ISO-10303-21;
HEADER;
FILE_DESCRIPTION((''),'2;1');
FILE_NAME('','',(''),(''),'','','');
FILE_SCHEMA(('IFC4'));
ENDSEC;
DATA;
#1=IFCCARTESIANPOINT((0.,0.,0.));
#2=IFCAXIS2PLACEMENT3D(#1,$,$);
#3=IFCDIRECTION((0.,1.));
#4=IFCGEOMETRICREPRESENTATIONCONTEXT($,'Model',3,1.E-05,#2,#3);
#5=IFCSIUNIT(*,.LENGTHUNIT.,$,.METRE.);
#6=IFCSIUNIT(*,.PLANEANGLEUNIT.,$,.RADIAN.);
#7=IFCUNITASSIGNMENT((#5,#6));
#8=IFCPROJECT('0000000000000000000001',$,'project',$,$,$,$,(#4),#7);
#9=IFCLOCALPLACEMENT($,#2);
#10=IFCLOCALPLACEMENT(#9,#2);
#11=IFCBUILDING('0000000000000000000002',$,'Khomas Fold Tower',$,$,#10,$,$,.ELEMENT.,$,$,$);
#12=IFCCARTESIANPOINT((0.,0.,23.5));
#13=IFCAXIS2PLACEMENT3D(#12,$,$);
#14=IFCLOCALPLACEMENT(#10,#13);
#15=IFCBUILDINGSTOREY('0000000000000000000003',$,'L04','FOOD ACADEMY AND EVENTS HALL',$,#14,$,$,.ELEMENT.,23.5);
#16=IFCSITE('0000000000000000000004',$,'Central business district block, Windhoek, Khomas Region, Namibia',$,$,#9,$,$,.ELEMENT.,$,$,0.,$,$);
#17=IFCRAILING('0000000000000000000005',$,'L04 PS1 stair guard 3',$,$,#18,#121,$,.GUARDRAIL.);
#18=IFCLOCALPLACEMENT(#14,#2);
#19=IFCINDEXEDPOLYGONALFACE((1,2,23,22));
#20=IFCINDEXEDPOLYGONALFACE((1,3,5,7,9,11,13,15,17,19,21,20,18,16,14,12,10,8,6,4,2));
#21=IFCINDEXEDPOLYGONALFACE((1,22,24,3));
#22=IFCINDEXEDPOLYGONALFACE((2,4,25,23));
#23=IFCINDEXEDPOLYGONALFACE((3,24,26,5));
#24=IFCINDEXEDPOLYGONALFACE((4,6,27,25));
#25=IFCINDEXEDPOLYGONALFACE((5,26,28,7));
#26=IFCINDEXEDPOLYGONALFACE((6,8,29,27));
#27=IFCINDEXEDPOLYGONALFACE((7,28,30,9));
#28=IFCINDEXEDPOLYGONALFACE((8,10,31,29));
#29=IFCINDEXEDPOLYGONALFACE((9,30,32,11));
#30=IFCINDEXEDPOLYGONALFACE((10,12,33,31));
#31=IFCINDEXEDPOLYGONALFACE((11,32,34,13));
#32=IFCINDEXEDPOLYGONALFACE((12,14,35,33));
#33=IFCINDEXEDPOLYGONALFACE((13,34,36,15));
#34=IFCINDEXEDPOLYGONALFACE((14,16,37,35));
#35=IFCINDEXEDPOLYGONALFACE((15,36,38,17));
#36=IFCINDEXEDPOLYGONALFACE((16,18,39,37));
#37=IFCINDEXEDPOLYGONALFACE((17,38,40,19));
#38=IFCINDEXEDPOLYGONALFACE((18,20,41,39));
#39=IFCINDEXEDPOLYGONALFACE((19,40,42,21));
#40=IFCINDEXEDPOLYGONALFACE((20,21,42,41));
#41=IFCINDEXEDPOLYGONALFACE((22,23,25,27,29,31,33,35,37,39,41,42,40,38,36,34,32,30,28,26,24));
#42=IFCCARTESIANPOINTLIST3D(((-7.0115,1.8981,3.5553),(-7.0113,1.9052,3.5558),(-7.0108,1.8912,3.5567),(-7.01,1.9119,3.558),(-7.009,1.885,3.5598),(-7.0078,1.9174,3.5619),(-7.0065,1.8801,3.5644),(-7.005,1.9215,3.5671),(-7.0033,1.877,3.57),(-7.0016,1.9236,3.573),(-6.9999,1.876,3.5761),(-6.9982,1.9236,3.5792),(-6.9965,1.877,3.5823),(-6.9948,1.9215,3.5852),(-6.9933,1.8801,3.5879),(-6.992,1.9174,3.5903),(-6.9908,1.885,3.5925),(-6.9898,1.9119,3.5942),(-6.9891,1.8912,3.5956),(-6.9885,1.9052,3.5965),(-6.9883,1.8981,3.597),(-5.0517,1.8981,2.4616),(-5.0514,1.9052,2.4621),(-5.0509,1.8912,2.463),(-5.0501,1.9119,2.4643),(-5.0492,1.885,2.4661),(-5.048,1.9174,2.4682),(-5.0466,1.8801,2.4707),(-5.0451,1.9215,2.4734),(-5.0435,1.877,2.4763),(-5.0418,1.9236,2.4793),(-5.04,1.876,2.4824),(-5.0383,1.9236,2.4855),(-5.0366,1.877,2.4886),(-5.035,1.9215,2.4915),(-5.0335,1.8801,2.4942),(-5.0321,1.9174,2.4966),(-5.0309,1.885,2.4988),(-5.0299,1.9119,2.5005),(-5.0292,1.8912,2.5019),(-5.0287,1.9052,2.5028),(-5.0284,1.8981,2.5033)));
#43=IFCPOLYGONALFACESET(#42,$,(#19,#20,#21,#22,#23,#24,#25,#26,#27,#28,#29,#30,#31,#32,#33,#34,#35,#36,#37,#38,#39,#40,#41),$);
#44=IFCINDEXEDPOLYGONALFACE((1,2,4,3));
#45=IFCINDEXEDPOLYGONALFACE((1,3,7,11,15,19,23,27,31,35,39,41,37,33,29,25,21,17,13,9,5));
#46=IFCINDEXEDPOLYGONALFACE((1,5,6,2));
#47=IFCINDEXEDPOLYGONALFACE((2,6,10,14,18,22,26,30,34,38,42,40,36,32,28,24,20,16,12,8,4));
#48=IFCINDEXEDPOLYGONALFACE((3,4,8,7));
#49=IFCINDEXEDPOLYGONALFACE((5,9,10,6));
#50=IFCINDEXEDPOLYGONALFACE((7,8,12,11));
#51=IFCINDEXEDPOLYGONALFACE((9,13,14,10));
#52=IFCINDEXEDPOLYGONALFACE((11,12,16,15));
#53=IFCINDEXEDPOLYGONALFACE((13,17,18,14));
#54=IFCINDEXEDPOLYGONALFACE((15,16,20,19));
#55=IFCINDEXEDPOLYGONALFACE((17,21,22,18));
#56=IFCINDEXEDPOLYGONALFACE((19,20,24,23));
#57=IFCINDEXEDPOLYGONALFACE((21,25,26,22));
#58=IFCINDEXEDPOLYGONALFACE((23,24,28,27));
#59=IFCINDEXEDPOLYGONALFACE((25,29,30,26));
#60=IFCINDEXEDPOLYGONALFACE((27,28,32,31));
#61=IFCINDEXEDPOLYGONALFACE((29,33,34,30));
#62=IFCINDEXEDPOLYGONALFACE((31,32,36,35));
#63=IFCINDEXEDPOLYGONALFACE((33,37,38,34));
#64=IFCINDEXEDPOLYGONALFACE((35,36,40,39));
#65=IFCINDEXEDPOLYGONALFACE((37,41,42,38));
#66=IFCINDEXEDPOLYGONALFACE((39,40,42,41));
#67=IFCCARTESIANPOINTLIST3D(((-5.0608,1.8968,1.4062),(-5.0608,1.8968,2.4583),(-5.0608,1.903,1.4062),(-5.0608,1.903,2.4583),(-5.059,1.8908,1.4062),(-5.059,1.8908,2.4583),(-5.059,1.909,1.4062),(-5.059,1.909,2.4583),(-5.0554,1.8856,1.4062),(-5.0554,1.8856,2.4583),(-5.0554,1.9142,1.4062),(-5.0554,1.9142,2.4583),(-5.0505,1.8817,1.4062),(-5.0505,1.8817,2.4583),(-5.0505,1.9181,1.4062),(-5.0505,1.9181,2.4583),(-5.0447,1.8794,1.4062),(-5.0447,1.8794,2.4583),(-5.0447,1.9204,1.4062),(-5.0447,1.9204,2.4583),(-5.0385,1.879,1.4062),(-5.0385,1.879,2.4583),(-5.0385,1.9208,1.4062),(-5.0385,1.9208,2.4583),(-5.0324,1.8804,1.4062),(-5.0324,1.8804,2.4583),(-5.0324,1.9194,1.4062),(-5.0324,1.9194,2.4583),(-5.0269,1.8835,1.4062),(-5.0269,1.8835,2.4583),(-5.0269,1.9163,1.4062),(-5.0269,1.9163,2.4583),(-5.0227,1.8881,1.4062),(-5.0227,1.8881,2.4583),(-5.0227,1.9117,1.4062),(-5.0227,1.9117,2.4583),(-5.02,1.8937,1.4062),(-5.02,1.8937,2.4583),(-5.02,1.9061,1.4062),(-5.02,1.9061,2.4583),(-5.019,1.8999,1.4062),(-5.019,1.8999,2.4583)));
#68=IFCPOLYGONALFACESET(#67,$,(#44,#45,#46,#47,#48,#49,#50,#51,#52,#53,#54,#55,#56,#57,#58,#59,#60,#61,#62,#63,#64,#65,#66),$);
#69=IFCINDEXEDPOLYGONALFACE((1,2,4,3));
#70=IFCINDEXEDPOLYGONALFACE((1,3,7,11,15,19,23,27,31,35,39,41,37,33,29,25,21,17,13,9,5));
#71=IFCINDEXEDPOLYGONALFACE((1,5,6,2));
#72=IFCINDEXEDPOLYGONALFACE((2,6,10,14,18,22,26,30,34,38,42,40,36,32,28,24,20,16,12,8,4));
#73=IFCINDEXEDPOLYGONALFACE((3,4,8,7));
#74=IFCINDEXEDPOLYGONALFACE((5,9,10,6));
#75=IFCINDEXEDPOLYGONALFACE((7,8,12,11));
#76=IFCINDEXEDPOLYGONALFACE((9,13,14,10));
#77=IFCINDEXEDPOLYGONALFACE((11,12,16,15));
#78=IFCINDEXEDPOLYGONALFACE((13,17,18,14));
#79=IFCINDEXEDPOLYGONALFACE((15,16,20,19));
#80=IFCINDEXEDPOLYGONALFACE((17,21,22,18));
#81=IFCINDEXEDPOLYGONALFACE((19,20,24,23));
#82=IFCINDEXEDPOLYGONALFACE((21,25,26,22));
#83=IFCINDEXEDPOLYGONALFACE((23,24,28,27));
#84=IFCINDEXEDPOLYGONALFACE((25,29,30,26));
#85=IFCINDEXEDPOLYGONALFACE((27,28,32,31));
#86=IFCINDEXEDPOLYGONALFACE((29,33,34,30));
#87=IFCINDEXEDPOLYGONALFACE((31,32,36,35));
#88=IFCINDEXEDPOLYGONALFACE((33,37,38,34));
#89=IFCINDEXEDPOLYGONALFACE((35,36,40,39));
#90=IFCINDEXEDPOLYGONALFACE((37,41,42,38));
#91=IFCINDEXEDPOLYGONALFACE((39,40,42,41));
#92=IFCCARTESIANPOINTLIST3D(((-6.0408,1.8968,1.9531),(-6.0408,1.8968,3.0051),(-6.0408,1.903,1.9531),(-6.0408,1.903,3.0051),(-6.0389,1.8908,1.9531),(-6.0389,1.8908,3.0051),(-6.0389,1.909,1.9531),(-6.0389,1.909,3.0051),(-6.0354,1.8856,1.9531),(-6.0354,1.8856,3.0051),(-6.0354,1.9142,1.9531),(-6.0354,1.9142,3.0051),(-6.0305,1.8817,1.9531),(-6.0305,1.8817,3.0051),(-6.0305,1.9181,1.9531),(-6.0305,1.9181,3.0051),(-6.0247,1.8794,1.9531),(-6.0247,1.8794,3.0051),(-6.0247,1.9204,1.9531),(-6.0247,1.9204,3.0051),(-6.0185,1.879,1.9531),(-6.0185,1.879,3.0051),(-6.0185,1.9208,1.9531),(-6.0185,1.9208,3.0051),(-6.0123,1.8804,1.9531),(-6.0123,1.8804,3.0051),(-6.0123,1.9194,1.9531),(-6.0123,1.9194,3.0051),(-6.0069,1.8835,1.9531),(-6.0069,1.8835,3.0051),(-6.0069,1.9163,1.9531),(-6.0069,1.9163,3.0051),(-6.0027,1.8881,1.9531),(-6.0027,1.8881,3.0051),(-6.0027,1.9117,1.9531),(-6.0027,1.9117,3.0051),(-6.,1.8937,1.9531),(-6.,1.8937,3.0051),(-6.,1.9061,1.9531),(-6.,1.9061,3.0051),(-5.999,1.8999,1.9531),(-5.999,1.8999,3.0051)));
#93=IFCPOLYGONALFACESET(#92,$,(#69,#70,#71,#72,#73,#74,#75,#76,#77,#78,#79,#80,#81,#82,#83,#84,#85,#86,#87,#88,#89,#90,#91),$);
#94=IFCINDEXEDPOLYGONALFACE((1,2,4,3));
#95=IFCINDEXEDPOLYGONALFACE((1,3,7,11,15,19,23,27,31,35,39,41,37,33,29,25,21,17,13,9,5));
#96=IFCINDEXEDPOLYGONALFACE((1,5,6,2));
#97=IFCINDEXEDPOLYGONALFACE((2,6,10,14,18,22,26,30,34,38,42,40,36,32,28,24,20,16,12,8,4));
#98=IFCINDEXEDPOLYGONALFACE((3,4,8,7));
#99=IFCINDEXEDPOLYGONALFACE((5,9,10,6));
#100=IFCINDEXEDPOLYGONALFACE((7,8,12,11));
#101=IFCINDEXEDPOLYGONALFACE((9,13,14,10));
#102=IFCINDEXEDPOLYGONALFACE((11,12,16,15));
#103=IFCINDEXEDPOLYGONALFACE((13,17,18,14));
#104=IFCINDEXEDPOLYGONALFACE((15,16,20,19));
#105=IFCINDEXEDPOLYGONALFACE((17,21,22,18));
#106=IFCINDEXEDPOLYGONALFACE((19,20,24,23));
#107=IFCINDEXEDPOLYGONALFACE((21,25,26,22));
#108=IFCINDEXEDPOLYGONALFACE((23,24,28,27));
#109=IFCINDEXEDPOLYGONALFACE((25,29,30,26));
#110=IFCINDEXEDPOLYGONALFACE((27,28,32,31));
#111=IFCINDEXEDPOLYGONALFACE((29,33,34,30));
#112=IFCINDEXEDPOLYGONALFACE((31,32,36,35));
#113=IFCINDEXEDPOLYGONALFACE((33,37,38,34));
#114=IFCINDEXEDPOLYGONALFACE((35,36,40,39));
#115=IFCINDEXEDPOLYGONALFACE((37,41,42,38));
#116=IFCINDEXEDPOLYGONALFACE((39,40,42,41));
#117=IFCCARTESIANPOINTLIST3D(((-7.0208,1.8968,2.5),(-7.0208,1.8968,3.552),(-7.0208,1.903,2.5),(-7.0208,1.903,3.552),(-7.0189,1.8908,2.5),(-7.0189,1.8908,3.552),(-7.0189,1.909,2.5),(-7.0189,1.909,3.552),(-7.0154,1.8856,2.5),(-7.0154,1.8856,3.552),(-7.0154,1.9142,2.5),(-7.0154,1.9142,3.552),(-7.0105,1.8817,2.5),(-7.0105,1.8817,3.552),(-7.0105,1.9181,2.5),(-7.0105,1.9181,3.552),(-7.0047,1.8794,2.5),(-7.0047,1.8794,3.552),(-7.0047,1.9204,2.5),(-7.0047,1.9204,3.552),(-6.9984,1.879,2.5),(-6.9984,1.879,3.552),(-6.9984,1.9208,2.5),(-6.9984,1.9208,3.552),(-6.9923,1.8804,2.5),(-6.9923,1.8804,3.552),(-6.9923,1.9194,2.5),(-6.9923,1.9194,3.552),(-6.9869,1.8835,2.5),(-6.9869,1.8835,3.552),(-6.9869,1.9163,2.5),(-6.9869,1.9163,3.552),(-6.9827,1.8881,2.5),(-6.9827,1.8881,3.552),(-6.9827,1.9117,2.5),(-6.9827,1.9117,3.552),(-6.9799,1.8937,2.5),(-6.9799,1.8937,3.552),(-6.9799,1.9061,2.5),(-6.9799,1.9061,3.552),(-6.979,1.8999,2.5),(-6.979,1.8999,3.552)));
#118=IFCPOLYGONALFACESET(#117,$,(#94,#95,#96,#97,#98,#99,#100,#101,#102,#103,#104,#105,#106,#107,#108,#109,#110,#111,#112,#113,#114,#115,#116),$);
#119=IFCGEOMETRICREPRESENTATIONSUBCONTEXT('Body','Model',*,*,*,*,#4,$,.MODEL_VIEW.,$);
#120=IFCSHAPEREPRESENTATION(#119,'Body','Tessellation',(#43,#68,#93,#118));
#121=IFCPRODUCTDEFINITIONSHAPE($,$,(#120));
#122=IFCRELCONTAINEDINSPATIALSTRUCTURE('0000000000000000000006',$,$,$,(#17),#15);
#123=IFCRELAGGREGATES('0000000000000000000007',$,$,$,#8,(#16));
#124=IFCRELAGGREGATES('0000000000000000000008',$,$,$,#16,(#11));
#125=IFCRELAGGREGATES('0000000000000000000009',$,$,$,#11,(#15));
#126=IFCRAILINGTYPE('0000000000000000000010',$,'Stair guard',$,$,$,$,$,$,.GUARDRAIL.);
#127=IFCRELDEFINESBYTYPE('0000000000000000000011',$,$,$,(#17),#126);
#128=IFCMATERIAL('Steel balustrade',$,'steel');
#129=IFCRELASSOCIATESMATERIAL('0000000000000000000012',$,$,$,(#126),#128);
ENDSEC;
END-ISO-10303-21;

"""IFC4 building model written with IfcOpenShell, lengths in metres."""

from ifc_helpers import new_model, si_unit, direction, frame, origin, origin_2d, place, context, subcontext, project, spatial, circle, extrude, source, transform, mapped, material, type_object, element, save


model = new_model("IFC4")

# Units and contexts
model_context = context("Model", 3, precision=1e-05, world=origin(), true_north=direction((0.0, 1.0)))
body_context = subcontext(model_context, "Body", "Model", "MODEL_VIEW")
ifc_project = project(units=[si_unit("LENGTHUNIT", "METRE"), si_unit("PLANEANGLEUNIT", "RADIAN")], contexts=[model_context])

# Site, building, storey
site_placement = place(None, origin())
site = spatial("IfcSite", under=ifc_project, at=site_placement, Name="Central business district block, Windhoek, Khomas Region, Namibia", CompositionType="ELEMENT", RefElevation=0.0)
building_placement = place(site_placement, origin())
building = spatial("IfcBuilding", under=site, at=building_placement, Name="Khomas Fold Tower", CompositionType="ELEMENT")
storey_placement = place(building_placement, frame((0.0, 0.0, 23.5)))
storey = spatial("IfcBuildingStorey", under=building, at=storey_placement, Name="L04", Description="FOOD ACADEMY AND EVENTS HALL", CompositionType="ELEMENT", Elevation=23.5)

# Railing
ifc_material_1 = material(Name="Steel balustrade", Category="steel")
railing_type_1 = type_object("IfcRailingType", Name="Stair guard", PredefinedType="GUARDRAIL", material=ifc_material_1)
shared_shape_1 = source(origin(), body_context, "Body", "SweptSolid", [
    extrude(circle(Radius=0.0239, at=origin_2d()), frame((0.0, 0.0, 1.0762), z_axis=(-0.873232, 0.0, 0.487304), x_axis=(0.0, -1.0, 0.0)), (0.0, 0.0, 1.0), 2.2444),
    extrude(circle(Radius=0.021, at=origin_2d()), origin(), (0.0, 0.0, 1.0), 1.052),
    extrude(circle(Radius=0.021, at=origin_2d()), frame((-0.98, 0.0, 0.5469)), (0.0, 0.0, 1.0), 1.052),
    extrude(circle(Radius=0.021, at=origin_2d()), frame((-1.96, 0.0, 1.0938)), (0.0, 0.0, 1.0), 1.052),
])
for number, where, name in (
    (1, (-5.04, 1.8999, 1.4062), "L04 PS1 stair guard 3"),
):
    element("IfcRailing", number, at=place(storey_placement, frame(where)), inside=storey, type_object=railing_type_1, Name=name, PredefinedType="GUARDRAIL", context=body_context, shape_type="MappedRepresentation", body=[
        mapped(shared_shape_1, transform((0.0, 0.0, 0.0))),
    ])

save(model, "model.ifc")
